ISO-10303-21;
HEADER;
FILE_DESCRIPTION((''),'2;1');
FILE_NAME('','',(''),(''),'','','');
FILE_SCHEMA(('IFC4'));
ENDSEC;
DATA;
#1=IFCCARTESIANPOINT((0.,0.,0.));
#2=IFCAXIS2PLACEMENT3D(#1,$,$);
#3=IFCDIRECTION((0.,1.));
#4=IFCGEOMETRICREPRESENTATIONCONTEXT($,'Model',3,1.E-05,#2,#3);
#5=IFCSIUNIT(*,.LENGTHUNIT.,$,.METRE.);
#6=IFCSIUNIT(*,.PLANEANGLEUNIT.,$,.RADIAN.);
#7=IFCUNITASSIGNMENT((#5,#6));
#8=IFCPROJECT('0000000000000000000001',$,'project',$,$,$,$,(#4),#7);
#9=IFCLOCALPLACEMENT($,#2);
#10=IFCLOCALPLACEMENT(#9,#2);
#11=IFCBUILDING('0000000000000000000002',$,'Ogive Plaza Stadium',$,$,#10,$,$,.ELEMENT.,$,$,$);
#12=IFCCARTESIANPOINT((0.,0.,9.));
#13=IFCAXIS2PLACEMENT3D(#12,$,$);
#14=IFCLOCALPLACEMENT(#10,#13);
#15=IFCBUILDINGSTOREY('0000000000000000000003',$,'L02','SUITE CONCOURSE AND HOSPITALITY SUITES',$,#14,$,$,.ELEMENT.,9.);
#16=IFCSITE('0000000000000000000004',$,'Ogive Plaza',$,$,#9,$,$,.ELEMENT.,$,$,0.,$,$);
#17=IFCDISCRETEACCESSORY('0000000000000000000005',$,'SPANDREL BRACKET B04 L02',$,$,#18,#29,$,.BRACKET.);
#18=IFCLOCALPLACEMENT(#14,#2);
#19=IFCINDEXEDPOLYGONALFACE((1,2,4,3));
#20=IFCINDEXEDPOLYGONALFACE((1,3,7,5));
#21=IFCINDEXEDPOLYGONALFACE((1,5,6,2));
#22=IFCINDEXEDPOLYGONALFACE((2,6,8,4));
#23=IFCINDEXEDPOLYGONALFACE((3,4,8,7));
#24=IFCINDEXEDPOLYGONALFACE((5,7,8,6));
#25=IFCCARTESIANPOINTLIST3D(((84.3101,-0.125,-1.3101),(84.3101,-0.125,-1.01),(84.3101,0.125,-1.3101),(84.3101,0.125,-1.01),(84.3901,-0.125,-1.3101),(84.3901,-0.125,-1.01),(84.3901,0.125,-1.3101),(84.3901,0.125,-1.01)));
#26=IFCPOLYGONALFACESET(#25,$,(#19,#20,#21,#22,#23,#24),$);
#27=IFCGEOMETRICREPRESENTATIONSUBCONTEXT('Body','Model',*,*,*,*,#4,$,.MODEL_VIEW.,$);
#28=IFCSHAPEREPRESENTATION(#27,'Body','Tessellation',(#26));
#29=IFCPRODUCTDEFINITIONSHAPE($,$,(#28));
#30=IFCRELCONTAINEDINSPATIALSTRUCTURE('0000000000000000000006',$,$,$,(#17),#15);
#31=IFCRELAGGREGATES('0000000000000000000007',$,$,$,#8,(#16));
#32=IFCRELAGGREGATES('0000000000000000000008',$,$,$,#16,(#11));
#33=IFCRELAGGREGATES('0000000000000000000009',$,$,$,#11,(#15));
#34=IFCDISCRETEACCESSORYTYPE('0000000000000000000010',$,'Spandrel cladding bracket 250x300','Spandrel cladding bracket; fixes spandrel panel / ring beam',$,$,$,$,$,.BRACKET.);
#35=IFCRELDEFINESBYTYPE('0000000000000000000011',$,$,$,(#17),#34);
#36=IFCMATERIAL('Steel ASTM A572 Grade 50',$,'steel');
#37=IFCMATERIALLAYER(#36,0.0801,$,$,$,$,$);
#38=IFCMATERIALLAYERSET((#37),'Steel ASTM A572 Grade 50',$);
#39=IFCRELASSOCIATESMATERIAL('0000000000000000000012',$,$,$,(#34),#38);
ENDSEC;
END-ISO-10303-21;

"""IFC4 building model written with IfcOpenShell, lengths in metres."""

from ifc_helpers import new_model, si_unit, direction, frame, origin, origin_2d, place, context, subcontext, project, spatial, rectangle, extrude, material, layer, layer_set, type_object, element, save


model = new_model("IFC4")

# Units and contexts
model_context = context("Model", 3, precision=1e-05, world=origin(), true_north=direction((0.0, 1.0)))
body_context = subcontext(model_context, "Body", "Model", "MODEL_VIEW")
ifc_project = project(units=[si_unit("LENGTHUNIT", "METRE"), si_unit("PLANEANGLEUNIT", "RADIAN")], contexts=[model_context])

# Site, building, storey
site_placement = place(None, origin())
site = spatial("IfcSite", under=ifc_project, at=site_placement, Name="Ogive Plaza", CompositionType="ELEMENT", RefElevation=0.0)
building_placement = place(site_placement, origin())
building = spatial("IfcBuilding", under=site, at=building_placement, Name="Ogive Plaza Stadium", CompositionType="ELEMENT")
storey_placement = place(building_placement, frame((0.0, 0.0, 9.0)))
storey = spatial("IfcBuildingStorey", under=building, at=storey_placement, Name="L02", Description="SUITE CONCOURSE AND HOSPITALITY SUITES", CompositionType="ELEMENT", Elevation=9.0)

# Discrete accessory
ifc_material_1 = material(Name="Steel ASTM A572 Grade 50", Category="steel")
ifc_layer_1 = layer(ifc_material_1, 0.0801)
ifc_layer_set_1 = layer_set([ifc_layer_1], Name="Steel ASTM A572 Grade 50")
discrete_accessory_type = type_object("IfcDiscreteAccessoryType", Name="Spandrel cladding bracket 250x300", Description="Spandrel cladding bracket; fixes spandrel panel / ring beam", PredefinedType="BRACKET", material=ifc_layer_set_1)
discrete_accessory_placement = place(storey_placement, frame((84.3501, 0.0, -1.3101), z_axis=(0.0, 0.0, 1.0), x_axis=(0.0, -1.0, 0.0)))
element("IfcDiscreteAccessory", 1, at=discrete_accessory_placement, inside=storey, type_object=discrete_accessory_type, Name="SPANDREL BRACKET B04 L02", PredefinedType="BRACKET", context=body_context, shape_type="SweptSolid", body=[
    extrude(rectangle(XDim=0.25, YDim=0.0801, at=origin_2d()), origin(), (0.0, 0.0, 1.0), 0.3),
])

save(model, "model.ifc")
